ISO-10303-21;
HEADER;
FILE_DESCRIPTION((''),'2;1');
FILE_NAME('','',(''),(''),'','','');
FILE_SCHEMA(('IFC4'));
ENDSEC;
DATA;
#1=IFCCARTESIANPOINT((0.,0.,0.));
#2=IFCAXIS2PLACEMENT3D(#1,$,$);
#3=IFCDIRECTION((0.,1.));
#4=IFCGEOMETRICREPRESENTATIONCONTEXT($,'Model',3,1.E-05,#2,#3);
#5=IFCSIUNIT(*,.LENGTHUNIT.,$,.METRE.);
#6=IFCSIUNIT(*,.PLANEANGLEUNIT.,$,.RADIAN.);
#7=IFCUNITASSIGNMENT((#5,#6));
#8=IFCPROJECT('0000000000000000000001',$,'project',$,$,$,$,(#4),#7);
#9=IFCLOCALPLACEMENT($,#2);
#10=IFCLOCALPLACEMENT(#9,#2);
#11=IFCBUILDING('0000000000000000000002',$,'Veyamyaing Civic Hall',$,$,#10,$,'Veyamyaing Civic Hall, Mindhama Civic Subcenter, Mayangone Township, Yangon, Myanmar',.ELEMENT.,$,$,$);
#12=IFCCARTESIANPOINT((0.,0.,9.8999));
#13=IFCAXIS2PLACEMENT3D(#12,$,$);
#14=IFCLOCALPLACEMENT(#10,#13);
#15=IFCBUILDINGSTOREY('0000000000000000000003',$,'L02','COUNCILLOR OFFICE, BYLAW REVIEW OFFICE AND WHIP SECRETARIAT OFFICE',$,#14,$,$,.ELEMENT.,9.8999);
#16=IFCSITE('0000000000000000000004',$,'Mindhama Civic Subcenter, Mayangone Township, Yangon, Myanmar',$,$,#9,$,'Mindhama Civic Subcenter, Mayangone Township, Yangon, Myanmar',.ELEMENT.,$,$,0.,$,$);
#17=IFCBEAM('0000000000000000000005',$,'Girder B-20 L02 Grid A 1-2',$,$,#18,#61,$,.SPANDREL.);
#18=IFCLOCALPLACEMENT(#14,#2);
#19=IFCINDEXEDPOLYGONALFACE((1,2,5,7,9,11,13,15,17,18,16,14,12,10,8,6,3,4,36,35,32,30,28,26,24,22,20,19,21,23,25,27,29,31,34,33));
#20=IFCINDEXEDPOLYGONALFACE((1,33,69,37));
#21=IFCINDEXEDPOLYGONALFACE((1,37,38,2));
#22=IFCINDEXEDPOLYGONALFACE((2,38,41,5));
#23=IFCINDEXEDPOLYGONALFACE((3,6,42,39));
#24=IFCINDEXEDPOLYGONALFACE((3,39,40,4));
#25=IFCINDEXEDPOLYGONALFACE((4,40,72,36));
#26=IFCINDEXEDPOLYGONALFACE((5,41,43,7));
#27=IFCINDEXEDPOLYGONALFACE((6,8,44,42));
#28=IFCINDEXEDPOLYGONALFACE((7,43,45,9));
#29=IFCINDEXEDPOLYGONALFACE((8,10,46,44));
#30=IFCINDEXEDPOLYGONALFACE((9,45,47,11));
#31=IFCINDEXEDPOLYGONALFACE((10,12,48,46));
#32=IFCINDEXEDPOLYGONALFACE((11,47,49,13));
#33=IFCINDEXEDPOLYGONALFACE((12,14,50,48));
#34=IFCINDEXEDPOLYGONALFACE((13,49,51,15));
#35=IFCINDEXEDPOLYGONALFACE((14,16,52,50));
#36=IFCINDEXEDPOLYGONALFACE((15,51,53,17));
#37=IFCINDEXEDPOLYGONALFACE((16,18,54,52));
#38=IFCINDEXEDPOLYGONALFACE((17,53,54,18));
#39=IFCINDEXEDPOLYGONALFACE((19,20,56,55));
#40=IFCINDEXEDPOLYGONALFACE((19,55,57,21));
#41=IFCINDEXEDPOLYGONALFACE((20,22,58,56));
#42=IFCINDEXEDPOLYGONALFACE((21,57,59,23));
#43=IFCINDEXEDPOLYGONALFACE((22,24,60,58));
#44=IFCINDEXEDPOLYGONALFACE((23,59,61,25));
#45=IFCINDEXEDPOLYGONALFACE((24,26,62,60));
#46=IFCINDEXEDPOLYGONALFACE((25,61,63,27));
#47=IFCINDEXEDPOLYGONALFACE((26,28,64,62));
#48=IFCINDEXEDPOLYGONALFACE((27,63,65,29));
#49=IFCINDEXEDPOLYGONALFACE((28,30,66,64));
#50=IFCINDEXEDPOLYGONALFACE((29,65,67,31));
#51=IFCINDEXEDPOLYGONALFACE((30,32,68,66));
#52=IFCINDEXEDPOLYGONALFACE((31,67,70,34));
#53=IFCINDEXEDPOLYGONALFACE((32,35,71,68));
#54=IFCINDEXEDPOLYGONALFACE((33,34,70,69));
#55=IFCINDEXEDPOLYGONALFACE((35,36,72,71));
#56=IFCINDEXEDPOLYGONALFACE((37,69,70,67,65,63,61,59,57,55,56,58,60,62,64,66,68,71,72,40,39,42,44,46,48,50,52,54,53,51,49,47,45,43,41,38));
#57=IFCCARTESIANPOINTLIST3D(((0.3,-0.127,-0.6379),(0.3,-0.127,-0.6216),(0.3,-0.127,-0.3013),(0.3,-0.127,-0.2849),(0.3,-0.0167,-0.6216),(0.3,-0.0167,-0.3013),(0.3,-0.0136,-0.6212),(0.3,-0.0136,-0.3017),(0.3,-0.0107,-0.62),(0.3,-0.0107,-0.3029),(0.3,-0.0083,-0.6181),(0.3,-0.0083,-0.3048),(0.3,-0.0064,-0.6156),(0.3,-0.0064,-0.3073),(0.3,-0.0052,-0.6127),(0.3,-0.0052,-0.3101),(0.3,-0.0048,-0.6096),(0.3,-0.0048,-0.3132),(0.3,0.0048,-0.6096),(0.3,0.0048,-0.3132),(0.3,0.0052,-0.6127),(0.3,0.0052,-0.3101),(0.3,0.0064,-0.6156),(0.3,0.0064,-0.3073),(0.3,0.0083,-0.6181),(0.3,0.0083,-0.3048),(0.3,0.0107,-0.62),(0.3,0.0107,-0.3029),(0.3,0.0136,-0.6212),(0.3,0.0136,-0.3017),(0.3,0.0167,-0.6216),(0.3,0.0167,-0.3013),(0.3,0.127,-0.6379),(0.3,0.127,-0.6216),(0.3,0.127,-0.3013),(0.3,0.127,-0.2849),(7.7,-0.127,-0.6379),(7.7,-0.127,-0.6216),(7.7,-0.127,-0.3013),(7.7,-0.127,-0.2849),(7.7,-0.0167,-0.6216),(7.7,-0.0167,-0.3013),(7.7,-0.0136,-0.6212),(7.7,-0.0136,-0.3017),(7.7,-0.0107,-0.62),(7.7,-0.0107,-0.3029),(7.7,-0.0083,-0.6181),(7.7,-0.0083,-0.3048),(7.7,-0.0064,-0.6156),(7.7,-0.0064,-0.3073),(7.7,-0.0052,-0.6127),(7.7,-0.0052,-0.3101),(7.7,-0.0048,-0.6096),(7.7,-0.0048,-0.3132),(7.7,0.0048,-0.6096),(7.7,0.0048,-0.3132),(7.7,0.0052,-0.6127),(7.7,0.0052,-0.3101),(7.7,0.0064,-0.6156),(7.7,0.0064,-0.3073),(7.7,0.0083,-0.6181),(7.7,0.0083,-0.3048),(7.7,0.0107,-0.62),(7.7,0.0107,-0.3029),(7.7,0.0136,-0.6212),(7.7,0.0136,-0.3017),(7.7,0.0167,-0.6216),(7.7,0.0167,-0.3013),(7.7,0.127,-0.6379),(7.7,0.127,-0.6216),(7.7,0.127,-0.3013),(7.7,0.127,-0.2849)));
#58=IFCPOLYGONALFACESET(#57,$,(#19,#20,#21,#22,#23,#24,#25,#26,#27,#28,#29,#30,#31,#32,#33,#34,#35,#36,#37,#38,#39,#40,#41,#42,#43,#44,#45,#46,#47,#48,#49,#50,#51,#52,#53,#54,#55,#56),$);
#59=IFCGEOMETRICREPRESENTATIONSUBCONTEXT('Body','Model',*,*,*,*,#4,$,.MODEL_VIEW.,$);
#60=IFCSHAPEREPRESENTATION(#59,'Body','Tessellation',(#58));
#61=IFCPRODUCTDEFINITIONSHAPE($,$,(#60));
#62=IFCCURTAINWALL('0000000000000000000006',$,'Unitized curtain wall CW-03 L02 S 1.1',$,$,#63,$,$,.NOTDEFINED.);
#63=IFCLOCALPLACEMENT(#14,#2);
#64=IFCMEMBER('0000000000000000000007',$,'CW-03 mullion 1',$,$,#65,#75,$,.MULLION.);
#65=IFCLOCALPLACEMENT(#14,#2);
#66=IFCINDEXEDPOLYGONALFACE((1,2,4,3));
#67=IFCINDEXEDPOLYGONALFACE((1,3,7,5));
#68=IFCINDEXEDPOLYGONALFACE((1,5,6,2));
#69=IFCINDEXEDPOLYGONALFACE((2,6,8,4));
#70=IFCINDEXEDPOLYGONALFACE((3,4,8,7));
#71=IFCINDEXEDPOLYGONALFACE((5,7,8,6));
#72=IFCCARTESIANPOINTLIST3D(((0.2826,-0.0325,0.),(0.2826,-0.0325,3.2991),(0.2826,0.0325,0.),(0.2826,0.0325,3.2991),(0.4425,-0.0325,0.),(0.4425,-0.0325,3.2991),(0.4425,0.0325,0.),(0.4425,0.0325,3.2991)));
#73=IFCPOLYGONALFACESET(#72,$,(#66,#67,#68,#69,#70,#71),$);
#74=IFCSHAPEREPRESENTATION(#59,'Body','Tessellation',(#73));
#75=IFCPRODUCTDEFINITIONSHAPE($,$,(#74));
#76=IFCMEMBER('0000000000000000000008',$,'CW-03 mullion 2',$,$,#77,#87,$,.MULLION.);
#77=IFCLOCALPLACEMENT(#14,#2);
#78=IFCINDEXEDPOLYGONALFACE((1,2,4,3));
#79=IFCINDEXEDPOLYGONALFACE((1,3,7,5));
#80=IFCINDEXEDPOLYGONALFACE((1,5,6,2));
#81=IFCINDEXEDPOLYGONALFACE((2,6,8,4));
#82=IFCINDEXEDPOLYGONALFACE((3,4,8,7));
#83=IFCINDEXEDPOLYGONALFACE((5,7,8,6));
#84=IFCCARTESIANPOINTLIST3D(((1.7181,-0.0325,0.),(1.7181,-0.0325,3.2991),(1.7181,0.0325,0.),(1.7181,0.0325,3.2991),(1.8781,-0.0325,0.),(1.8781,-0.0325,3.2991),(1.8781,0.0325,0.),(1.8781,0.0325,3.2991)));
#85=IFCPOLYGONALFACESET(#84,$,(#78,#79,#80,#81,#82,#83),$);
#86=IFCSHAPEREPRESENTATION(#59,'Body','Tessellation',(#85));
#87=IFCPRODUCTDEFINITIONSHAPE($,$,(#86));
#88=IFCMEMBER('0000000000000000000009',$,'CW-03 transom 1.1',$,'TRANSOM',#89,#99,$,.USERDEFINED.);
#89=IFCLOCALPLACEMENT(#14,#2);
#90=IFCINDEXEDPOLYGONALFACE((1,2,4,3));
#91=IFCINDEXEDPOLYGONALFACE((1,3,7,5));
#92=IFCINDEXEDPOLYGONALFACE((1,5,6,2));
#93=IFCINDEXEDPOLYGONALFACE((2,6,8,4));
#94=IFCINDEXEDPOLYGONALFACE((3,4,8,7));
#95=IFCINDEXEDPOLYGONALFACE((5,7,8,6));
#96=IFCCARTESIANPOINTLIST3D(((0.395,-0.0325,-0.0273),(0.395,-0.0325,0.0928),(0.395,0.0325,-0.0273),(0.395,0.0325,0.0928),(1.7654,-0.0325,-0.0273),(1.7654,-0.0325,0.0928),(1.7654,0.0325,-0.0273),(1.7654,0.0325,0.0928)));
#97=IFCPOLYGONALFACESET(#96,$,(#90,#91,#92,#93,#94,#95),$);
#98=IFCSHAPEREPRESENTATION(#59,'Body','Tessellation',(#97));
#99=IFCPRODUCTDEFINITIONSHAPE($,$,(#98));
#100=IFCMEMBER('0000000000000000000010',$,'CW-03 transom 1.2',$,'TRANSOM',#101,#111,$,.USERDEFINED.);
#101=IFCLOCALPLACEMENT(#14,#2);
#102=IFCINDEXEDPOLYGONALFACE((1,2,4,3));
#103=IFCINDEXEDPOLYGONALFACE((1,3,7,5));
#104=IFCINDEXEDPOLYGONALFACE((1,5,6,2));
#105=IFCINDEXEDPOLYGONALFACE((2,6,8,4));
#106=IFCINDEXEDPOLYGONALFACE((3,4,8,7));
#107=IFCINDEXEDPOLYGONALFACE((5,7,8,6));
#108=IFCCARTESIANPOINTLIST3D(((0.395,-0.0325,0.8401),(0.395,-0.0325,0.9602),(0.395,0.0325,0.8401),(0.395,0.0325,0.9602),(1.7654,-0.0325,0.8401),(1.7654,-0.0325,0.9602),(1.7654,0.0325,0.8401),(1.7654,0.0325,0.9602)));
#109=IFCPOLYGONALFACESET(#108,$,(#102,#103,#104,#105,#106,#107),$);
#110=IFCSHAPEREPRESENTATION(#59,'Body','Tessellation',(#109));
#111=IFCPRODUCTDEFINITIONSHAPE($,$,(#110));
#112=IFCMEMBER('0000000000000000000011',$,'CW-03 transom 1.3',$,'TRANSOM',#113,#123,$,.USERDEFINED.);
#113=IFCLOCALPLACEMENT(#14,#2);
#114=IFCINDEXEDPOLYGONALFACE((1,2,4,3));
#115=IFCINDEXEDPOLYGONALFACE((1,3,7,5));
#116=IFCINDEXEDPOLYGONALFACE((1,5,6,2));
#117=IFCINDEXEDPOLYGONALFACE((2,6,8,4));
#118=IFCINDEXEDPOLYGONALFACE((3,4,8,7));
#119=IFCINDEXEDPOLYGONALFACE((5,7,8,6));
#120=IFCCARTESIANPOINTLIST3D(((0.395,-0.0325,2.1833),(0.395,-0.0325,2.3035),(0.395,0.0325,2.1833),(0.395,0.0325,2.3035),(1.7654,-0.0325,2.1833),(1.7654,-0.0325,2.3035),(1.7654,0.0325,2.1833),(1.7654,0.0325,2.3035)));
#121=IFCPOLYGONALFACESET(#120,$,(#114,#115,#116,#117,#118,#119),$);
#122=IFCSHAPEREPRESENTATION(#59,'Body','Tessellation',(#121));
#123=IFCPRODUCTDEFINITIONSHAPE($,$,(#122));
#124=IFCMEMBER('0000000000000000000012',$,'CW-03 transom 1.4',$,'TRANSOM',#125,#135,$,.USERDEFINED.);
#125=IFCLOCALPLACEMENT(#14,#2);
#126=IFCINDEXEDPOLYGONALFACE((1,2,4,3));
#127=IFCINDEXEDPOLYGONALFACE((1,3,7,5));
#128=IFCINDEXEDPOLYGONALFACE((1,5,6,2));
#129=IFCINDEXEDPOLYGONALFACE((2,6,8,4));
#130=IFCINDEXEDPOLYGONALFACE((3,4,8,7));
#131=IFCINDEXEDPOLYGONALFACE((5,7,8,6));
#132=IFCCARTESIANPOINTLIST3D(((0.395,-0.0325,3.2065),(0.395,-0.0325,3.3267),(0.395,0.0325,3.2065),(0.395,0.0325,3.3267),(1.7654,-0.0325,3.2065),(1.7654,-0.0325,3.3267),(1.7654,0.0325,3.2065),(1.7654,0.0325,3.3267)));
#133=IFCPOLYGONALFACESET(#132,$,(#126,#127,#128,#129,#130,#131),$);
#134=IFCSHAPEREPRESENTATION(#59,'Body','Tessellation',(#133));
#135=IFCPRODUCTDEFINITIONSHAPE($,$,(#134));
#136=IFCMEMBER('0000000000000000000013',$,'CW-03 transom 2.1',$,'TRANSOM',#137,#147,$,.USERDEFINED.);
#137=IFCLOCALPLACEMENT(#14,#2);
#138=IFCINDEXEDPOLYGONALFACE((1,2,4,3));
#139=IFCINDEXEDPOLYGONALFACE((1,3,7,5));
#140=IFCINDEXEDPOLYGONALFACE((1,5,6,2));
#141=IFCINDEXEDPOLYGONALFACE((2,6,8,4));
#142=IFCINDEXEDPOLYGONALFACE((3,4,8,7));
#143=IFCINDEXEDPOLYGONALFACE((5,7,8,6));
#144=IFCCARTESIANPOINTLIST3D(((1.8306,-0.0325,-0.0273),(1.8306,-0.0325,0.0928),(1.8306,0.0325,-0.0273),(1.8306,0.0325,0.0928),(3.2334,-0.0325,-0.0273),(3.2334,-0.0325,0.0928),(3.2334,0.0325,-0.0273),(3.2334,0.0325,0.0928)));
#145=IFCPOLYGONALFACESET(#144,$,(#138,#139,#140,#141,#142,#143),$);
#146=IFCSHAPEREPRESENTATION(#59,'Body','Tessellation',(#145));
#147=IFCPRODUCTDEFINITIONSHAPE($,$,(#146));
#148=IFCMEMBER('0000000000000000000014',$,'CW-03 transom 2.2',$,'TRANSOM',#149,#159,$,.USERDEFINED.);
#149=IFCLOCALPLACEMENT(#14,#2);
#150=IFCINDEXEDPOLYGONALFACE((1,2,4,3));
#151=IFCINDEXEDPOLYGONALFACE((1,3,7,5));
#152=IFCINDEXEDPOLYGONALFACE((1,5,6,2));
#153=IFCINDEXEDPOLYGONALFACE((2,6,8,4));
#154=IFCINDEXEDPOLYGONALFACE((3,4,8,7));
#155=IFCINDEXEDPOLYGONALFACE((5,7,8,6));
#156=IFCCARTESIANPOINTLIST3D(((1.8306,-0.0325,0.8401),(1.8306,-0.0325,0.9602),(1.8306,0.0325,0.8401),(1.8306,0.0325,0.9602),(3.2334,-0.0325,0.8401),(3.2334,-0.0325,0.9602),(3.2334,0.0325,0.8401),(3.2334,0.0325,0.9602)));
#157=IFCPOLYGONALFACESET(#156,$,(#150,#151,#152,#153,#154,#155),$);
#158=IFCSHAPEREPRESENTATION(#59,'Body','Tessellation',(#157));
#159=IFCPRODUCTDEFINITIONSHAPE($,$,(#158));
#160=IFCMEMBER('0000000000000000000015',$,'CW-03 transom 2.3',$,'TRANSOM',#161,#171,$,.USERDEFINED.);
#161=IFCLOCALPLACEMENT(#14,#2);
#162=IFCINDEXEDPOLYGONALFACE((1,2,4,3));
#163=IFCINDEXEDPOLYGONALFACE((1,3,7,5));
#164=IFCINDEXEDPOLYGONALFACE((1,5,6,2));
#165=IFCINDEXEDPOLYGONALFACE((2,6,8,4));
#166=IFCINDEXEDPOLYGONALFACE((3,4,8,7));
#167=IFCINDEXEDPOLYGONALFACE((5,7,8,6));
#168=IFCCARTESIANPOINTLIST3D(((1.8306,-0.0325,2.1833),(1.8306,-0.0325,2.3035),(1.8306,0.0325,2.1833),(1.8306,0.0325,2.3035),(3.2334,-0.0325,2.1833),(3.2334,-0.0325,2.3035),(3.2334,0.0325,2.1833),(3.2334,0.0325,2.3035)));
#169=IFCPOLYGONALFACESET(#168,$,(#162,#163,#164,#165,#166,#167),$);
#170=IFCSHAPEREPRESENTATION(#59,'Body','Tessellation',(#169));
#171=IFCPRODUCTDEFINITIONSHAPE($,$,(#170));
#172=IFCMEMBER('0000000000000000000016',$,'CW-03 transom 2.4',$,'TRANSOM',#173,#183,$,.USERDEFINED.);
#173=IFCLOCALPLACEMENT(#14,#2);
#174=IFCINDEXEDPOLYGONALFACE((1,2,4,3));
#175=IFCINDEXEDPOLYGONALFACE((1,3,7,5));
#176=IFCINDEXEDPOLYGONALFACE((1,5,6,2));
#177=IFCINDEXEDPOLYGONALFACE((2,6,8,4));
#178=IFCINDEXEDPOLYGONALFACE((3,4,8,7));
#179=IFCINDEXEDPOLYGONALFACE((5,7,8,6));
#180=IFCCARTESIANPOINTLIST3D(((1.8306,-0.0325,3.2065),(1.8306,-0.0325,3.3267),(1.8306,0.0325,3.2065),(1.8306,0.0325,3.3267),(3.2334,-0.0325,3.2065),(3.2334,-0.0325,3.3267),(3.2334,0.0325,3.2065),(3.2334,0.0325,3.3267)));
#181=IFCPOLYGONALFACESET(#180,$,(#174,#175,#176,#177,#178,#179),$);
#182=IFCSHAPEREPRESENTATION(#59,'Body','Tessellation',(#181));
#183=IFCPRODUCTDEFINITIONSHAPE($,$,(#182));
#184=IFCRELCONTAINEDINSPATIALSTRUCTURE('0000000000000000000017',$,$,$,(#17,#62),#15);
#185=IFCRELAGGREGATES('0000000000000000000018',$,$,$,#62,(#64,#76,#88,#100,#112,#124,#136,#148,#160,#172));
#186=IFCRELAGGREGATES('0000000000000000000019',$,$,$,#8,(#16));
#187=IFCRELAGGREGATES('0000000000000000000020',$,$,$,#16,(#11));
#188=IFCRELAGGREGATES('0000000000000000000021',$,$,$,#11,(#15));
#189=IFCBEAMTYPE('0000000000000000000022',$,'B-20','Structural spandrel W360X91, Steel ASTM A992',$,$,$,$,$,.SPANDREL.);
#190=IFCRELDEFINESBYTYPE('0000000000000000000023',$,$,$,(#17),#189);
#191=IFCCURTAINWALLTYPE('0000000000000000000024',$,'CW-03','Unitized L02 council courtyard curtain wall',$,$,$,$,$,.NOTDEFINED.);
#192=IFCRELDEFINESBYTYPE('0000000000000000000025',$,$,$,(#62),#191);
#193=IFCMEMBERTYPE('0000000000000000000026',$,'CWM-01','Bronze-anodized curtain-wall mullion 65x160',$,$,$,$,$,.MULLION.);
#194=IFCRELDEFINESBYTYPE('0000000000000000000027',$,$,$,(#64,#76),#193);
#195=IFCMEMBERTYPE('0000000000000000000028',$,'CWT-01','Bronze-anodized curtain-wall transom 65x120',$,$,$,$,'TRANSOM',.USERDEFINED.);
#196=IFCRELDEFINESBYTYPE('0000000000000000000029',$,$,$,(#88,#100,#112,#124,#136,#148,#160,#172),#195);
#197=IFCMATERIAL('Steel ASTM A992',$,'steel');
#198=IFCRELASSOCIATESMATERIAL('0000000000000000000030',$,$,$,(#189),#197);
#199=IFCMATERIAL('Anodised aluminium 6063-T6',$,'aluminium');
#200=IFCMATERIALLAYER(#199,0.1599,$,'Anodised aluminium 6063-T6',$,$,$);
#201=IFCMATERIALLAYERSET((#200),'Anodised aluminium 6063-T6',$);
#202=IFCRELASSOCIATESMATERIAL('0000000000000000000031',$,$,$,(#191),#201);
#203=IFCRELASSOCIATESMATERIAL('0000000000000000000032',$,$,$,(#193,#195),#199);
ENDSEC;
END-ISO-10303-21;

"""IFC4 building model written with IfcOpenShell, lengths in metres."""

from ifc_helpers import new_model, si_unit, direction, frame, origin, origin_2d, place, context, subcontext, project, spatial, rectangle, i_section, extrude, material, layer, layer_set, material_profile, profile_set, type_object, element, aggregate, save


model = new_model("IFC4")

# Units and contexts
model_context = context("Model", 3, precision=1e-05, world=origin(), true_north=direction((0.0, 1.0)))
body_context = subcontext(model_context, "Body", "Model", "MODEL_VIEW")
ifc_project = project(units=[si_unit("LENGTHUNIT", "METRE"), si_unit("PLANEANGLEUNIT", "RADIAN")], contexts=[model_context])

# Site, building, storey
site_placement = place(None, origin())
site = spatial("IfcSite", under=ifc_project, at=site_placement, Name="Mindhama Civic Subcenter, Mayangone Township, Yangon, Myanmar", LongName="Mindhama Civic Subcenter, Mayangone Township, Yangon, Myanmar", CompositionType="ELEMENT", RefElevation=0.0)
building_placement = place(site_placement, origin())
building = spatial("IfcBuilding", under=site, at=building_placement, Name="Veyamyaing Civic Hall", LongName="Veyamyaing Civic Hall, Mindhama Civic Subcenter, Mayangone Township, Yangon, Myanmar", CompositionType="ELEMENT")
storey_placement = place(building_placement, frame((0.0, 0.0, 9.8999)))
storey = spatial("IfcBuildingStorey", under=building, at=storey_placement, Name="L02", Description="COUNCILLOR OFFICE, BYLAW REVIEW OFFICE AND WHIP SECRETARIAT OFFICE", CompositionType="ELEMENT", Elevation=9.8999)

# Beam
ifc_material_1 = material(Name="Steel ASTM A992", Category="steel")
ifc_material_profile_1 = material_profile(ifc_material_1, i_section(OverallWidth=0.2539, OverallDepth=0.353, WebThickness=0.0095, FlangeThickness=0.0164, FilletRadius=0.012, at=origin_2d()), Name="W360X91")
ifc_profile_set_1 = profile_set([ifc_material_profile_1], Name="Steel ASTM A992")
beam_type = type_object("IfcBeamType", Name="B-20", Description="Structural spandrel W360X91, Steel ASTM A992", PredefinedType="SPANDREL", material=ifc_profile_set_1)
beam_placement = place(storey_placement, frame((0.3, 0.0, -0.4614), z_axis=(1.0, 0.0, 0.0), x_axis=(0.0, 1.0, 0.0)))
element("IfcBeam", 1, at=beam_placement, inside=storey, type_object=beam_type, Name="Girder B-20 L02 Grid A 1-2", PredefinedType="SPANDREL", context=body_context, shape_type="SweptSolid", body=[
    extrude(i_section(OverallWidth=0.2539, OverallDepth=0.353, WebThickness=0.0095, FlangeThickness=0.0164, FilletRadius=0.012, at=origin_2d()), origin(), (0.0, 0.0, 1.0), 7.3999),
])

# Curtain wall, members
ifc_material_2 = material(Name="Anodised aluminium 6063-T6", Category="aluminium")
ifc_layer_1 = layer(ifc_material_2, 0.1599, Name="Anodised aluminium 6063-T6")
ifc_layer_set_1 = layer_set([ifc_layer_1], Name="Anodised aluminium 6063-T6")
curtain_wall_type = type_object("IfcCurtainWallType", Name="CW-03", Description="Unitized L02 council courtyard curtain wall", PredefinedType="NOTDEFINED", material=ifc_layer_set_1)
curtain_wall_placement = place(storey_placement, origin())
curtain_wall = element("IfcCurtainWall", 2, at=curtain_wall_placement, inside=storey, type_object=curtain_wall_type, Name="Unitized curtain wall CW-03 L02 S 1.1", PredefinedType="NOTDEFINED")
ifc_material_profile_2 = material_profile(ifc_material_2, rectangle(XDim=0.0649, YDim=0.1599, at=origin_2d()), Name="ALU-MUL-65X160")
ifc_profile_set_2 = profile_set([ifc_material_profile_2], Name="Anodised aluminium 6063-T6")
member_type_1 = type_object("IfcMemberType", Name="CWM-01", Description="Bronze-anodized curtain-wall mullion 65x160", PredefinedType="MULLION", material=ifc_profile_set_2)
member_1_placement = place(storey_placement, frame((0.3625, 0.0, 0.0), z_axis=(0.0, 0.0, 1.0), x_axis=(0.0, 1.0, 0.0)))
member_1 = element("IfcMember", 3, at=member_1_placement, type_object=member_type_1, Name="CW-03 mullion 1", PredefinedType="MULLION", context=body_context, shape_type="SweptSolid", body=[
    extrude(rectangle(XDim=0.0649, YDim=0.1599, at=origin_2d()), origin(), (0.0, 0.0, 1.0), 3.2991),
])
member_2_placement = place(storey_placement, frame((1.7981, 0.0, 0.0), z_axis=(0.0, 0.0, 1.0), x_axis=(0.0, 1.0, 0.0)))
member_2 = element("IfcMember", 4, at=member_2_placement, type_object=member_type_1, Name="CW-03 mullion 2", PredefinedType="MULLION", context=body_context, shape_type="SweptSolid", body=[
    extrude(rectangle(XDim=0.0649, YDim=0.1599, at=origin_2d()), origin(), (0.0, 0.0, 1.0), 3.2991),
])
ifc_material_profile_3 = material_profile(ifc_material_2, rectangle(XDim=0.0649, YDim=0.1201, at=origin_2d()), Name="ALU-TRN-65X120")
ifc_profile_set_3 = profile_set([ifc_material_profile_3], Name="Anodised aluminium 6063-T6")
member_type_2 = type_object("IfcMemberType", Name="CWT-01", Description="Bronze-anodized curtain-wall transom 65x120", ElementType="TRANSOM", PredefinedType="USERDEFINED", material=ifc_profile_set_3)
member_3_placement = place(storey_placement, frame((0.395, 0.0, 0.0327), z_axis=(1.0, 0.0, 0.0), x_axis=(0.0, 1.0, 0.0)))
member_3 = element("IfcMember", 5, at=member_3_placement, type_object=member_type_2, Name="CW-03 transom 1.1", ObjectType="TRANSOM", PredefinedType="USERDEFINED", context=body_context, shape_type="SweptSolid", body=[
    extrude(rectangle(XDim=0.0649, YDim=0.1201, at=origin_2d()), origin(), (0.0, 0.0, 1.0), 1.3704),
])
member_4_placement = place(storey_placement, frame((0.395, 0.0, 0.9001), z_axis=(1.0, 0.0, 0.0), x_axis=(0.0, 1.0, 0.0)))
member_4 = element("IfcMember", 6, at=member_4_placement, type_object=member_type_2, Name="CW-03 transom 1.2", ObjectType="TRANSOM", PredefinedType="USERDEFINED", context=body_context, shape_type="SweptSolid", body=[
    extrude(rectangle(XDim=0.0649, YDim=0.1201, at=origin_2d()), origin(), (0.0, 0.0, 1.0), 1.3704),
])
member_5_placement = place(storey_placement, frame((0.395, 0.0, 2.2434), z_axis=(1.0, 0.0, 0.0), x_axis=(0.0, 1.0, 0.0)))
member_5 = element("IfcMember", 7, at=member_5_placement, type_object=member_type_2, Name="CW-03 transom 1.3", ObjectType="TRANSOM", PredefinedType="USERDEFINED", context=body_context, shape_type="SweptSolid", body=[
    extrude(rectangle(XDim=0.0649, YDim=0.1201, at=origin_2d()), origin(), (0.0, 0.0, 1.0), 1.3704),
])
member_6_placement = place(storey_placement, frame((0.395, 0.0, 3.2666), z_axis=(1.0, 0.0, 0.0), x_axis=(0.0, 1.0, 0.0)))
member_6 = element("IfcMember", 8, at=member_6_placement, type_object=member_type_2, Name="CW-03 transom 1.4", ObjectType="TRANSOM", PredefinedType="USERDEFINED", context=body_context, shape_type="SweptSolid", body=[
    extrude(rectangle(XDim=0.0649, YDim=0.1201, at=origin_2d()), origin(), (0.0, 0.0, 1.0), 1.3704),
])
member_7_placement = place(storey_placement, frame((1.8306, 0.0, 0.0327), z_axis=(1.0, 0.0, 0.0), x_axis=(0.0, 1.0, 0.0)))
member_7 = element("IfcMember", 9, at=member_7_placement, type_object=member_type_2, Name="CW-03 transom 2.1", ObjectType="TRANSOM", PredefinedType="USERDEFINED", context=body_context, shape_type="SweptSolid", body=[
    extrude(rectangle(XDim=0.0649, YDim=0.1201, at=origin_2d()), origin(), (0.0, 0.0, 1.0), 1.4028),
])
member_8_placement = place(storey_placement, frame((1.8306, 0.0, 0.9001), z_axis=(1.0, 0.0, 0.0), x_axis=(0.0, 1.0, 0.0)))
member_8 = element("IfcMember", 10, at=member_8_placement, type_object=member_type_2, Name="CW-03 transom 2.2", ObjectType="TRANSOM", PredefinedType="USERDEFINED", context=body_context, shape_type="SweptSolid", body=[
    extrude(rectangle(XDim=0.0649, YDim=0.1201, at=origin_2d()), origin(), (0.0, 0.0, 1.0), 1.4028),
])
member_9_placement = place(storey_placement, frame((1.8306, 0.0, 2.2434), z_axis=(1.0, 0.0, 0.0), x_axis=(0.0, 1.0, 0.0)))
member_9 = element("IfcMember", 11, at=member_9_placement, type_object=member_type_2, Name="CW-03 transom 2.3", ObjectType="TRANSOM", PredefinedType="USERDEFINED", context=body_context, shape_type="SweptSolid", body=[
    extrude(rectangle(XDim=0.0649, YDim=0.1201, at=origin_2d()), origin(), (0.0, 0.0, 1.0), 1.4028),
])
member_10_placement = place(storey_placement, frame((1.8306, 0.0, 3.2666), z_axis=(1.0, 0.0, 0.0), x_axis=(0.0, 1.0, 0.0)))
member_10 = element("IfcMember", 12, at=member_10_placement, type_object=member_type_2, Name="CW-03 transom 2.4", ObjectType="TRANSOM", PredefinedType="USERDEFINED", context=body_context, shape_type="SweptSolid", body=[
    extrude(rectangle(XDim=0.0649, YDim=0.1201, at=origin_2d()), origin(), (0.0, 0.0, 1.0), 1.4028),
])
aggregate(curtain_wall, [member_1, member_2, member_3, member_4, member_5, member_6, member_7, member_8, member_9, member_10])

save(model, "model.ifc")
